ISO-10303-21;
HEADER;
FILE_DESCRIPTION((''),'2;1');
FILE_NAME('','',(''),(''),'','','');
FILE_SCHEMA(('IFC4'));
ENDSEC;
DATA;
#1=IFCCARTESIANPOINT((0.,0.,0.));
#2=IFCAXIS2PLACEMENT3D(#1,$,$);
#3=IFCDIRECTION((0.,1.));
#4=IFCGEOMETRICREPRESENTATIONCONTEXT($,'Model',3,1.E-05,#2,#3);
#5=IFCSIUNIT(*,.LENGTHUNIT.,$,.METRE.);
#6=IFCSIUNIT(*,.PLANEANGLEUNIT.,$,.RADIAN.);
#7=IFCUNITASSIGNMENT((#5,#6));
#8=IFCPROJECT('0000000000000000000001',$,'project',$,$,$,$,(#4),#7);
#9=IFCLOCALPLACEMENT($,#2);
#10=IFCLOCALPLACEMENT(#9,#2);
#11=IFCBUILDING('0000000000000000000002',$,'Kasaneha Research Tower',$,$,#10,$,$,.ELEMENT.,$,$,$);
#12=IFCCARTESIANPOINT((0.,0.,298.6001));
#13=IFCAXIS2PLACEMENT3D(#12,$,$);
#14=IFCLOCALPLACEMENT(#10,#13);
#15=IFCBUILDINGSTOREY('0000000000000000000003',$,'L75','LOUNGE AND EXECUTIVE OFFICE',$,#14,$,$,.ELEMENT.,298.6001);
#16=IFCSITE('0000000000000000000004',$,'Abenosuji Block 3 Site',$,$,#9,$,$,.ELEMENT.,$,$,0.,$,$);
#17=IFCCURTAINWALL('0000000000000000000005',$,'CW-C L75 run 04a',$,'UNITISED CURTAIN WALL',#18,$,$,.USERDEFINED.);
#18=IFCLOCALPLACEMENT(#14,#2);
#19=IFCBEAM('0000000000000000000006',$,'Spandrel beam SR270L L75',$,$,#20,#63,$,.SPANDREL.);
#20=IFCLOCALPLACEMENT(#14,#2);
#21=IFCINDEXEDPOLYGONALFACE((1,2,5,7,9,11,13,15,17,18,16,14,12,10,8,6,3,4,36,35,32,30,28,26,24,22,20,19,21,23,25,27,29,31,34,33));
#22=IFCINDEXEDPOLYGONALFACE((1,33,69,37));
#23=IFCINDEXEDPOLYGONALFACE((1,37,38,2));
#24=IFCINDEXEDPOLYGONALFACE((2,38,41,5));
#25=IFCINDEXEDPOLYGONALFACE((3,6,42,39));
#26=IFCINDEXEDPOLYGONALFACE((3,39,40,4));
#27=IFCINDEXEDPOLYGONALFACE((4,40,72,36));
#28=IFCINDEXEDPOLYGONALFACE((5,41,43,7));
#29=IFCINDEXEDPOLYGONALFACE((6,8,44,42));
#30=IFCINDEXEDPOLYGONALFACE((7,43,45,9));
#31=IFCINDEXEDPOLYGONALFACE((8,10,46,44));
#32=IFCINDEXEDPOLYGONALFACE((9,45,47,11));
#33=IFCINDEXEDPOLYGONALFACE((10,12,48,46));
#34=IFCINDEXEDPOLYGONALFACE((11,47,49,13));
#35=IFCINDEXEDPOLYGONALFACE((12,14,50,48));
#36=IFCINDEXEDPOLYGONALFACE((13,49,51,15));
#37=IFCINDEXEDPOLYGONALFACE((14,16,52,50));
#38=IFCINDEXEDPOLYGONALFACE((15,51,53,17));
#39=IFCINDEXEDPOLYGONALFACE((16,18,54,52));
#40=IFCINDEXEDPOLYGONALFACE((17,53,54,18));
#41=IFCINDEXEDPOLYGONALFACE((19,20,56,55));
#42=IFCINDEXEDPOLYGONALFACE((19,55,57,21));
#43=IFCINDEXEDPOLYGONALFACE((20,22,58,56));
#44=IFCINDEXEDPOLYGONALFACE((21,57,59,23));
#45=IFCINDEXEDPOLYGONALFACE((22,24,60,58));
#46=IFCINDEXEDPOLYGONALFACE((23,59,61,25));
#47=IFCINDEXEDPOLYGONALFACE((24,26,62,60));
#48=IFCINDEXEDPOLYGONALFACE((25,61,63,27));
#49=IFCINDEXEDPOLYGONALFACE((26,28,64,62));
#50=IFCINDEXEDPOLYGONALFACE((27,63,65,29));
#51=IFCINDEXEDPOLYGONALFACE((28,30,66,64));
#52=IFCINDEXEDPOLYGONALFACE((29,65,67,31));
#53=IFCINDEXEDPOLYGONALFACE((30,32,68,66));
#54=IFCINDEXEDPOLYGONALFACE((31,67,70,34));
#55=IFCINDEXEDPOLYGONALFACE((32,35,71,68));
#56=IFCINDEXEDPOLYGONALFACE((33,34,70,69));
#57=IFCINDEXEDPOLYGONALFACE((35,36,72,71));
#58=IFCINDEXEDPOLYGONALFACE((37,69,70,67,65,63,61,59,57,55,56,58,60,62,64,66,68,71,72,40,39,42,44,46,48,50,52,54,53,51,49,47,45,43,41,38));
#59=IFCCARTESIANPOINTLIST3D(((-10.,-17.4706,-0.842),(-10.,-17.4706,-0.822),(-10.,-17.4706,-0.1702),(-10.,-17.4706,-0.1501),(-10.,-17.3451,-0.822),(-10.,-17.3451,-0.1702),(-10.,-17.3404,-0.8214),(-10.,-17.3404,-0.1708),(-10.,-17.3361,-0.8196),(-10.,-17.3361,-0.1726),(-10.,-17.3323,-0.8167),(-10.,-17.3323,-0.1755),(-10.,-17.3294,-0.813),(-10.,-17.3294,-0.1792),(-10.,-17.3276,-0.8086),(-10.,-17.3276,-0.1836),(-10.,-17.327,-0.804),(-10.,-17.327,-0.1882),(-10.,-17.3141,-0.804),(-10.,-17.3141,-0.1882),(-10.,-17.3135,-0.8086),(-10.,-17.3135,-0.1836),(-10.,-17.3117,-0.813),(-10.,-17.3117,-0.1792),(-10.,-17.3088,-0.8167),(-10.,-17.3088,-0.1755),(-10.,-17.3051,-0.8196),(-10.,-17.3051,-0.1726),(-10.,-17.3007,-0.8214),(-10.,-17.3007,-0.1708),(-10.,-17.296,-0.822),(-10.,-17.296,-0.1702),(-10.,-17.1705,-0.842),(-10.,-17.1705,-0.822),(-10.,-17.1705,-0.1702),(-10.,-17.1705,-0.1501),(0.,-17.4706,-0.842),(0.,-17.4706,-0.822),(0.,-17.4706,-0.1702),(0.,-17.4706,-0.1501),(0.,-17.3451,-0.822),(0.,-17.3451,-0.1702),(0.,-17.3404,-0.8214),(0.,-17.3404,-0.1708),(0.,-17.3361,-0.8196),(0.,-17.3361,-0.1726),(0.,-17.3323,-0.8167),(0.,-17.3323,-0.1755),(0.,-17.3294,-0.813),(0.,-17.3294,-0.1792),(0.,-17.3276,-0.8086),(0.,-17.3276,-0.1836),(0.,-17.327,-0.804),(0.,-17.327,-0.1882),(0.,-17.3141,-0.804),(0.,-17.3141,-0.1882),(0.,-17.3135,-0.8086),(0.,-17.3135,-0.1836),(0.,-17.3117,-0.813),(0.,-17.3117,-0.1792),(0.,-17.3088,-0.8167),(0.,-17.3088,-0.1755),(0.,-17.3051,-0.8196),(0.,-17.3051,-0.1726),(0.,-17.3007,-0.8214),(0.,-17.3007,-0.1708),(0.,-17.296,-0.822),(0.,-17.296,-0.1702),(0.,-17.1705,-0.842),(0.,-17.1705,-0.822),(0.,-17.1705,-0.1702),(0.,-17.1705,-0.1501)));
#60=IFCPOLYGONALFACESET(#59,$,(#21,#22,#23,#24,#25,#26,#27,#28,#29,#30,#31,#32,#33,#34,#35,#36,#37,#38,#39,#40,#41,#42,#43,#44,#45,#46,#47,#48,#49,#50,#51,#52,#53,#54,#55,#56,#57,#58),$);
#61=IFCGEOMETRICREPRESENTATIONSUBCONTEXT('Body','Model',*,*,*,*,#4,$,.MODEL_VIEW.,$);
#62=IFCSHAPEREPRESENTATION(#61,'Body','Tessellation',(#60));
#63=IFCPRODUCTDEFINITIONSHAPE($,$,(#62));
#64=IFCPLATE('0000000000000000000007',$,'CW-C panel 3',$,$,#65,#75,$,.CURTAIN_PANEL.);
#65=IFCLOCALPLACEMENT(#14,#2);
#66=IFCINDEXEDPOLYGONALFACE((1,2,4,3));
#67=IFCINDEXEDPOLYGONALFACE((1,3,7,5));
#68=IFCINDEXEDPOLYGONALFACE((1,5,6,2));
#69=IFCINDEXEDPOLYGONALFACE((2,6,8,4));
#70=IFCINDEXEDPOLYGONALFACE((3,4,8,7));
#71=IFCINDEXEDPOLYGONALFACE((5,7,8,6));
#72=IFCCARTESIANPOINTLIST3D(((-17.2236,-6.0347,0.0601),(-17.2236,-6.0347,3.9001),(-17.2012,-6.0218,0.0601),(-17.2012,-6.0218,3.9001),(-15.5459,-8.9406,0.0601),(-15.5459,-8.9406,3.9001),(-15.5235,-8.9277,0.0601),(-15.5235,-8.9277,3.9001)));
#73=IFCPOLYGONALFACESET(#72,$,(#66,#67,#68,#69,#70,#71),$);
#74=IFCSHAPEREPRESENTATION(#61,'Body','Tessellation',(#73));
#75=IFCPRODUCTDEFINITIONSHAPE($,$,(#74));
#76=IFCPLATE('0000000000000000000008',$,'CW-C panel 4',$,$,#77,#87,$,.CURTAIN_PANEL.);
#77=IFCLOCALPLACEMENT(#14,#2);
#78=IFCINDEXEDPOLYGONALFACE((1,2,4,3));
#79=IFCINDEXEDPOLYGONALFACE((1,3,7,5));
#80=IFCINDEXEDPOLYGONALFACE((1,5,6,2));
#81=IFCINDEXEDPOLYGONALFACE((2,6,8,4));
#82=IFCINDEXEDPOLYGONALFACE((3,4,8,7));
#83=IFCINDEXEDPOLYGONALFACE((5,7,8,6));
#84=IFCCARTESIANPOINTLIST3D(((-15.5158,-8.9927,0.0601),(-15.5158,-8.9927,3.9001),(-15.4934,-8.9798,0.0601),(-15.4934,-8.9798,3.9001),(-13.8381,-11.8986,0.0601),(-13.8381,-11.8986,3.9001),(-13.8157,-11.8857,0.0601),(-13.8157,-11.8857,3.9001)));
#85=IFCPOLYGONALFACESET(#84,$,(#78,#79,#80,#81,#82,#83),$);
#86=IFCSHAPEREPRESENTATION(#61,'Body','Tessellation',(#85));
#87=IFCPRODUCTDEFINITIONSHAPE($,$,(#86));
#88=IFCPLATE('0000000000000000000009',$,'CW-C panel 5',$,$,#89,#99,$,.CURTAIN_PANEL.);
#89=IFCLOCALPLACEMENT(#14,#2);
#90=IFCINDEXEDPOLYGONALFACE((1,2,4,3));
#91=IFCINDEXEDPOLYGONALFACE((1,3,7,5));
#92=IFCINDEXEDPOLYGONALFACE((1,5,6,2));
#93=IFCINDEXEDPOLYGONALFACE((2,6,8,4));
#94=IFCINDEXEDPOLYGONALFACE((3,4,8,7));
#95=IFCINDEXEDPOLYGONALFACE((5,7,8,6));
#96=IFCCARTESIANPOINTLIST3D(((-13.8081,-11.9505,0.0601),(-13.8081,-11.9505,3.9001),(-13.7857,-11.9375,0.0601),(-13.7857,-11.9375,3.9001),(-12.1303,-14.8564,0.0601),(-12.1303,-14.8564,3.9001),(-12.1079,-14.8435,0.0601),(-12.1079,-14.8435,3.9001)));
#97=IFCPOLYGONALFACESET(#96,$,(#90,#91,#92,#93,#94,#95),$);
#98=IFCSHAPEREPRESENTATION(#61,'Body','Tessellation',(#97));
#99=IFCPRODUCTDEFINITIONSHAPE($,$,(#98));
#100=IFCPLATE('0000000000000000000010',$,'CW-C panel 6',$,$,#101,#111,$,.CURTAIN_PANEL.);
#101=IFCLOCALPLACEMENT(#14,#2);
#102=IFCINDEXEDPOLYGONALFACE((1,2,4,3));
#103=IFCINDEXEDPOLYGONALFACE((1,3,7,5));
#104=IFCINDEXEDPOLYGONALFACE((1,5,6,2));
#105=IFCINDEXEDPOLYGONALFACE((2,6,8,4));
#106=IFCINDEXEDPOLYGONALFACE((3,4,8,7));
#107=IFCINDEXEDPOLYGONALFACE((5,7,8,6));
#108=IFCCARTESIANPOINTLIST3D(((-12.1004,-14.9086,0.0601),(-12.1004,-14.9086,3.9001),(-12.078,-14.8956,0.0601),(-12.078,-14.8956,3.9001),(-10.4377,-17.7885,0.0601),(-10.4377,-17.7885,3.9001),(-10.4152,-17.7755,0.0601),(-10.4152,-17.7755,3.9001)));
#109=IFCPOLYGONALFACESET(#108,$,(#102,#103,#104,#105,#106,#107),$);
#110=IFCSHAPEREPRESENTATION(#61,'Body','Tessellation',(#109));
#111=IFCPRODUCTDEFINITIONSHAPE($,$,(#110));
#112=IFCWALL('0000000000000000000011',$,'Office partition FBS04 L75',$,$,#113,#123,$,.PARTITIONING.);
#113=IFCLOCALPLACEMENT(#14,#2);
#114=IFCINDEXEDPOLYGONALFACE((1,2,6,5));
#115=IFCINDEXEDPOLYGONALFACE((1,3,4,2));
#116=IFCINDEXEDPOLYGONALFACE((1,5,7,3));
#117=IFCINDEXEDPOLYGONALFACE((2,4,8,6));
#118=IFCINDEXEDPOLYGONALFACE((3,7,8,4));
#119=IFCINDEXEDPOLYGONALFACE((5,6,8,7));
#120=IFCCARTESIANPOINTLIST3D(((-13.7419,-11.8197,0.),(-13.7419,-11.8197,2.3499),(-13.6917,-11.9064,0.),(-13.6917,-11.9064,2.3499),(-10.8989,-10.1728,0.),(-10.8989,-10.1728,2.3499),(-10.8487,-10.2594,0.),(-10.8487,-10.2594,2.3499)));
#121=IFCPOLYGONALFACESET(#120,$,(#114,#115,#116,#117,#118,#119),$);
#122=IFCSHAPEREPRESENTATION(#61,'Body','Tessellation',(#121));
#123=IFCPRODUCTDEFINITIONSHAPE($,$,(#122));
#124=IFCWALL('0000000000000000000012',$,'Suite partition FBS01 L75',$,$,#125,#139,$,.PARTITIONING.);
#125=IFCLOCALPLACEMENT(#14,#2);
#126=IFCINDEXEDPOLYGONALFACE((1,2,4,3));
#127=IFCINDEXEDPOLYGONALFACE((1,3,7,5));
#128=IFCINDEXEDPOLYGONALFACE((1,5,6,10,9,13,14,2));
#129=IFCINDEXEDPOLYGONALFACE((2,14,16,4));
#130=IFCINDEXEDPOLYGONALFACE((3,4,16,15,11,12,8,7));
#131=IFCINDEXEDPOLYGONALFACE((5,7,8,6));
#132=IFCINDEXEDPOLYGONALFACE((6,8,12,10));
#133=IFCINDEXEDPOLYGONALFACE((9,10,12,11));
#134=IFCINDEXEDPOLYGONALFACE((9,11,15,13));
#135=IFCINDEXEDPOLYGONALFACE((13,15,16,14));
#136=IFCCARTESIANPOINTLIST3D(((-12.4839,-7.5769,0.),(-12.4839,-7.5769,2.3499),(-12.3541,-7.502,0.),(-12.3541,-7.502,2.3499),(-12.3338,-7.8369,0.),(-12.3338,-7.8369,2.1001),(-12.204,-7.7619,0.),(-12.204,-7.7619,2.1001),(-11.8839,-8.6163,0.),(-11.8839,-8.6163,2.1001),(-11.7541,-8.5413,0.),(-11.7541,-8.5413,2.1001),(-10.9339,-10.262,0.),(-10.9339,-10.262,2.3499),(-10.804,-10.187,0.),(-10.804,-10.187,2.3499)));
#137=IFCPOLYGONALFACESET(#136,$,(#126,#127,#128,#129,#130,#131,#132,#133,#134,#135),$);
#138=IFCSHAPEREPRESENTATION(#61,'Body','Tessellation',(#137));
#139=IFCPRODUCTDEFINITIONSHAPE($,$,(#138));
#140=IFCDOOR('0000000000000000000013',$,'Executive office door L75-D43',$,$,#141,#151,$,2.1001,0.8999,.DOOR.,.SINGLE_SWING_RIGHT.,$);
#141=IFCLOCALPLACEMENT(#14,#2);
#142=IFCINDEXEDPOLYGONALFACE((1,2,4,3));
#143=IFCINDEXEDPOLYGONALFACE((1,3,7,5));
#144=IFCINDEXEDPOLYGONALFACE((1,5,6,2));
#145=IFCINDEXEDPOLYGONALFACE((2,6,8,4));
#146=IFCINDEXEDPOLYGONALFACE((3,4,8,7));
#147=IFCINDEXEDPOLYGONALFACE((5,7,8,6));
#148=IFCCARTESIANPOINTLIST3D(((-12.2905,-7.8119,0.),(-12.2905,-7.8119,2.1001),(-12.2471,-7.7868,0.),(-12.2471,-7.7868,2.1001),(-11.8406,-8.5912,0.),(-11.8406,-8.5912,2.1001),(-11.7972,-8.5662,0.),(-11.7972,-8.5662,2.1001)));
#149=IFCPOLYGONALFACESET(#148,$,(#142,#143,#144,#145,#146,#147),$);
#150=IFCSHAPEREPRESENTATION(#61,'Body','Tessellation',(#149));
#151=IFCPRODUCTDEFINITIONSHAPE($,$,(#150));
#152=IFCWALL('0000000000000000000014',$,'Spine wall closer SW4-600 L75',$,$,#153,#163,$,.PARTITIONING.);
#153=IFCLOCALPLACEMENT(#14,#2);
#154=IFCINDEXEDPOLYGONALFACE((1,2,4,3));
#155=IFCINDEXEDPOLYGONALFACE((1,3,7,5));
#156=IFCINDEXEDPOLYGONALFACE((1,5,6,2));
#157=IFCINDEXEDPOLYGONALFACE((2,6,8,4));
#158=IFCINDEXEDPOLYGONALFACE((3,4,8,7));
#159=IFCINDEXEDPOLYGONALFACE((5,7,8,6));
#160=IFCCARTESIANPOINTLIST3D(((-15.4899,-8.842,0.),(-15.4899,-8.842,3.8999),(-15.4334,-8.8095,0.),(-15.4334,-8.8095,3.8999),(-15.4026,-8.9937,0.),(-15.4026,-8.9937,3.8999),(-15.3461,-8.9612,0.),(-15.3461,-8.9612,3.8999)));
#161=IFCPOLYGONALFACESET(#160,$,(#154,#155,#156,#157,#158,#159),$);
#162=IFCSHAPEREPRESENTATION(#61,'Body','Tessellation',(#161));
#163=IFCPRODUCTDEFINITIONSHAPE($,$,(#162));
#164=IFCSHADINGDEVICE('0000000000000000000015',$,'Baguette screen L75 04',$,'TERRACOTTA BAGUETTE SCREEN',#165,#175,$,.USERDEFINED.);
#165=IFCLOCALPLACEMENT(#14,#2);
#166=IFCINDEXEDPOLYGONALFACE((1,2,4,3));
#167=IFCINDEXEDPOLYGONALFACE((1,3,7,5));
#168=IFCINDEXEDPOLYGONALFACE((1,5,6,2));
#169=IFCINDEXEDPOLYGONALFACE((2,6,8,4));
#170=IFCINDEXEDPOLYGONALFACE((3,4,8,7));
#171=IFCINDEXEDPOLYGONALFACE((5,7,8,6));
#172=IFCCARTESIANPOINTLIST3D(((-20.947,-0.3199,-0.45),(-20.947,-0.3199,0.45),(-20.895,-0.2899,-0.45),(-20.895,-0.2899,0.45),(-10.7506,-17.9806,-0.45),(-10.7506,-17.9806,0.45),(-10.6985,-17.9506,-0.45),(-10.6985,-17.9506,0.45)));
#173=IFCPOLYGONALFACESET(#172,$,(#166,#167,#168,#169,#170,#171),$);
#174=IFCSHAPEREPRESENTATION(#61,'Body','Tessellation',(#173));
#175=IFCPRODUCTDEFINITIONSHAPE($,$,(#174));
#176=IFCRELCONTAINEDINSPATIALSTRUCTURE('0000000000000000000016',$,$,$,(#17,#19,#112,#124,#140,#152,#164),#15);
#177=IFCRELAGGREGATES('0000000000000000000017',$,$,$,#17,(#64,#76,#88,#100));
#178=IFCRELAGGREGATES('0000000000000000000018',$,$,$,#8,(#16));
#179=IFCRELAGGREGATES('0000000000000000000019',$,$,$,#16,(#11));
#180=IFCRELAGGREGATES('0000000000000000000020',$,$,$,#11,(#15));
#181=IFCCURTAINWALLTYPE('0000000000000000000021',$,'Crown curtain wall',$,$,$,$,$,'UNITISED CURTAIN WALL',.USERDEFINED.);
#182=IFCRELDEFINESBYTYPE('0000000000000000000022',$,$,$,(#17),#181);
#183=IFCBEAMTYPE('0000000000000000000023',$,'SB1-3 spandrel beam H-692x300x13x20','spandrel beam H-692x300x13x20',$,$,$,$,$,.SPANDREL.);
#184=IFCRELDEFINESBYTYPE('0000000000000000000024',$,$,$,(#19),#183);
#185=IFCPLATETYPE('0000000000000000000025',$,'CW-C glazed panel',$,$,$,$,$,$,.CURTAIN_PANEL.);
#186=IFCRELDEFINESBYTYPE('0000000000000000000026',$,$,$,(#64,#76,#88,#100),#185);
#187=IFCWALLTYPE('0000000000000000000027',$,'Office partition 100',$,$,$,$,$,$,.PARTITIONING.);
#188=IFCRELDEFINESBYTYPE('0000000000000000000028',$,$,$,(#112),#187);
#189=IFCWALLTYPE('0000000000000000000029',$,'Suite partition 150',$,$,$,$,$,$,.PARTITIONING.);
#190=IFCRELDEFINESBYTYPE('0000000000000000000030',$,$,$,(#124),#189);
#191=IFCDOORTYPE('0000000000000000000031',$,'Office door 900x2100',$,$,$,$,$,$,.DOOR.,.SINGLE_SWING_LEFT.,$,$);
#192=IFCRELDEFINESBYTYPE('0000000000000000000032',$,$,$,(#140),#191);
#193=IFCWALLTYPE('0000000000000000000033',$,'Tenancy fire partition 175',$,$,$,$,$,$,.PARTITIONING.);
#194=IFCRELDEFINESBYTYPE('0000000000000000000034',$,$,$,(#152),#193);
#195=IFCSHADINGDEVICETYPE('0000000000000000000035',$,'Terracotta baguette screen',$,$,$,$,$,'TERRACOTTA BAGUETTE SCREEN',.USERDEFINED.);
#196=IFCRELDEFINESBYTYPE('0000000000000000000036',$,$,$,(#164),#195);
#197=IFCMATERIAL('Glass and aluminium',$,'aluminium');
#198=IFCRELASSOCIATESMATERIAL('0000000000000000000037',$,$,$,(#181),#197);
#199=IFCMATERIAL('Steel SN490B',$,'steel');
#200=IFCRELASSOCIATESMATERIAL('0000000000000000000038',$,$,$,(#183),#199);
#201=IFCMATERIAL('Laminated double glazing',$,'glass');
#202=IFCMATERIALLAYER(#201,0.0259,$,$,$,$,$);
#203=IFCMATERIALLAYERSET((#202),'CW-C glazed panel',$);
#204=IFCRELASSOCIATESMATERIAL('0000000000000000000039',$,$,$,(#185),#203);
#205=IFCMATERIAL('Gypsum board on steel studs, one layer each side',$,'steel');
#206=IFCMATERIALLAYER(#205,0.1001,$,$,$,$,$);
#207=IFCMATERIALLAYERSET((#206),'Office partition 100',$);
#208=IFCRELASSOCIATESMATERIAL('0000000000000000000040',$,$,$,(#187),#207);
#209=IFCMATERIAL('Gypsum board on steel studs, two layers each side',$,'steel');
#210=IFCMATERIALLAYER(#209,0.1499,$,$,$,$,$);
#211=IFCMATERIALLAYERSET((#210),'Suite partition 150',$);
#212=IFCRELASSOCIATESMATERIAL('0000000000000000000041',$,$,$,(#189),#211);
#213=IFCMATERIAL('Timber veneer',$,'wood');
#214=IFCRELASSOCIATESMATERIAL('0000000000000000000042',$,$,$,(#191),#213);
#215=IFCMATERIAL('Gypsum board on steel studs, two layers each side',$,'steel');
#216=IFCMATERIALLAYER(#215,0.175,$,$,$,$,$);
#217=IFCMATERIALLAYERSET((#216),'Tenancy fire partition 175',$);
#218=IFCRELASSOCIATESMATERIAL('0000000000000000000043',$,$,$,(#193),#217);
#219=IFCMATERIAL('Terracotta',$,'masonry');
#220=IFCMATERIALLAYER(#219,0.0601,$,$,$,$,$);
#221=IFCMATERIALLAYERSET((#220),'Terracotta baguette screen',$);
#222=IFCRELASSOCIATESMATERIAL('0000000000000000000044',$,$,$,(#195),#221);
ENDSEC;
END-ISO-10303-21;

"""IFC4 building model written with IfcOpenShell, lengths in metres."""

from ifc_helpers import new_model, si_unit, direction, frame, frame_2d, origin, origin_2d, place, context, subcontext, project, spatial, rectangle, i_section, extrude, material, layer, layer_set, material_profile, profile_set, type_object, element, fill, aggregate, save


model = new_model("IFC4")

# Units and contexts
model_context = context("Model", 3, precision=1e-05, world=origin(), true_north=direction((0.0, 1.0)))
body_context = subcontext(model_context, "Body", "Model", "MODEL_VIEW")
ifc_project = project(units=[si_unit("LENGTHUNIT", "METRE"), si_unit("PLANEANGLEUNIT", "RADIAN")], contexts=[model_context])

# Site, building, storey
site_placement = place(None, origin())
site = spatial("IfcSite", under=ifc_project, at=site_placement, Name="Abenosuji Block 3 Site", CompositionType="ELEMENT", RefElevation=0.0)
building_placement = place(site_placement, origin())
building = spatial("IfcBuilding", under=site, at=building_placement, Name="Kasaneha Research Tower", CompositionType="ELEMENT")
storey_placement = place(building_placement, frame((0.0, 0.0, 298.6001)))
storey = spatial("IfcBuildingStorey", under=building, at=storey_placement, Name="L75", Description="LOUNGE AND EXECUTIVE OFFICE", CompositionType="ELEMENT", Elevation=298.6001)

# Curtain wall
ifc_material_1 = material(Name="Glass and aluminium", Category="aluminium")
curtain_wall_type = type_object("IfcCurtainWallType", Name="Crown curtain wall", ElementType="UNITISED CURTAIN WALL", PredefinedType="USERDEFINED", material=ifc_material_1)
curtain_wall_1_placement = place(storey_placement, origin())
curtain_wall_1 = element("IfcCurtainWall", 1, at=curtain_wall_1_placement, inside=storey, type_object=curtain_wall_type, Name="CW-C L75 run 04a", ObjectType="UNITISED CURTAIN WALL", PredefinedType="USERDEFINED")

# Beam
ifc_material_2 = material(Name="Steel SN490B", Category="steel")
ifc_material_profile_1 = material_profile(ifc_material_2, i_section(OverallWidth=0.3, OverallDepth=0.6919, WebThickness=0.0129, FlangeThickness=0.02, FilletRadius=0.0181, at=origin_2d()), Name="H-692x300x13x20")
ifc_profile_set_1 = profile_set([ifc_material_profile_1], Name="Steel SN490B")
beam_type_1 = type_object("IfcBeamType", Name="SB1-3 spandrel beam H-692x300x13x20", Description="spandrel beam H-692x300x13x20", PredefinedType="SPANDREL", material=ifc_profile_set_1)
beam_1_placement = place(storey_placement, frame((-10.0, -17.3206, -0.4961), z_axis=(1.0, 0.0, 0.0), x_axis=(0.0, 1.0, 0.0)))
element("IfcBeam", 2, at=beam_1_placement, inside=storey, type_object=beam_type_1, Name="Spandrel beam SR270L L75", PredefinedType="SPANDREL", context=body_context, shape_type="SweptSolid", body=[
    extrude(i_section(OverallWidth=0.3, OverallDepth=0.6919, WebThickness=0.0129, FlangeThickness=0.02, FilletRadius=0.0181, at=origin_2d()), origin(), (0.0, 0.0, 1.0), 10.0),
])

# Plates
ifc_material_3 = material(Name="Laminated double glazing", Category="glass")
ifc_layer_1 = layer(ifc_material_3, 0.0259)
ifc_layer_set_1 = layer_set([ifc_layer_1], Name="CW-C glazed panel")
plate_type = type_object("IfcPlateType", Name="CW-C glazed panel", PredefinedType="CURTAIN_PANEL", material=ifc_layer_set_1)
plate_1_placement = place(storey_placement, frame((-16.3735, -7.4812, 0.0601), z_axis=(0.0, 0.0, 1.0), x_axis=(0.5, -0.866025, 0.0)))
plate_1 = element("IfcPlate", 3, at=plate_1_placement, type_object=plate_type, Name="CW-C panel 3", PredefinedType="CURTAIN_PANEL", context=body_context, shape_type="SweptSolid", body=[
    extrude(rectangle(XDim=3.3555, YDim=0.0259, at=origin_2d()), origin(), (0.0, 0.0, 1.0), 3.8401),
])
plate_2_placement = place(storey_placement, frame((-14.6658, -10.4392, 0.0601), z_axis=(0.0, 0.0, 1.0), x_axis=(0.5, -0.866025, 0.0)))
plate_2 = element("IfcPlate", 4, at=plate_2_placement, type_object=plate_type, Name="CW-C panel 4", PredefinedType="CURTAIN_PANEL", context=body_context, shape_type="SweptSolid", body=[
    extrude(rectangle(XDim=3.3555, YDim=0.0259, at=origin_2d()), origin(), (0.0, 0.0, 1.0), 3.8401),
])
plate_3_placement = place(storey_placement, frame((-12.958, -13.397, 0.0601), z_axis=(0.0, 0.0, 1.0), x_axis=(0.5, -0.866025, 0.0)))
plate_3 = element("IfcPlate", 5, at=plate_3_placement, type_object=plate_type, Name="CW-C panel 5", PredefinedType="CURTAIN_PANEL", context=body_context, shape_type="SweptSolid", body=[
    extrude(rectangle(XDim=3.3555, YDim=0.0259, at=origin_2d()), origin(), (0.0, 0.0, 1.0), 3.8401),
])
plate_4_placement = place(storey_placement, frame((-11.2578, -16.342, 0.0601), z_axis=(0.0, 0.0, 1.0), x_axis=(0.5, -0.866025, 0.0)))
plate_4 = element("IfcPlate", 6, at=plate_4_placement, type_object=plate_type, Name="CW-C panel 6", PredefinedType="CURTAIN_PANEL", context=body_context, shape_type="SweptSolid", body=[
    extrude(rectangle(XDim=3.3254, YDim=0.0259, at=origin_2d()), origin(), (0.0, 0.0, 1.0), 3.8401),
])
aggregate(curtain_wall_1, [plate_1, plate_2, plate_3, plate_4])

# Wall
ifc_material_4 = material(Name="Gypsum board on steel studs, one layer each side", Category="steel")
ifc_layer_2 = layer(ifc_material_4, 0.1001)
ifc_layer_set_2 = layer_set([ifc_layer_2], Name="Office partition 100")
wall_type_1 = type_object("IfcWallType", Name="Office partition 100", PredefinedType="PARTITIONING", material=ifc_layer_set_2)
wall_1_placement = place(storey_placement, frame((-10.8738, -10.2161, 0.0), z_axis=(0.0, 0.0, 1.0), x_axis=(-0.865292, -0.501268, 0.0)))
element("IfcWall", 7, at=wall_1_placement, inside=storey, type_object=wall_type_1, Name="Office partition FBS04 L75", PredefinedType="PARTITIONING", context=body_context, shape_type="SweptSolid", body=[
    extrude(rectangle(XDim=3.2856, YDim=0.1001, at=frame_2d((1.6428, 0.0))), origin(), (0.0, 0.0, 1.0), 2.3499),
])

# Wall, opening, door
ifc_material_5 = material(Name="Gypsum board on steel studs, two layers each side", Category="steel")
ifc_layer_3 = layer(ifc_material_5, 0.1499)
ifc_layer_set_3 = layer_set([ifc_layer_3], Name="Suite partition 150")
wall_type_2 = type_object("IfcWallType", Name="Suite partition 150", PredefinedType="PARTITIONING", material=ifc_layer_set_3)
wall_2_placement = place(storey_placement, frame((-10.8689, -10.2246, 0.0), z_axis=(0.0, 0.0, 1.0), x_axis=(-0.499959, 0.866049, 0.0)))
wall_2 = element("IfcWall", 8, at=wall_2_placement, inside=storey, type_object=wall_type_2, Name="Suite partition FBS01 L75", PredefinedType="PARTITIONING", context=body_context, shape_type="SweptSolid", body=[
    extrude(rectangle(XDim=3.1003, YDim=0.1499, at=frame_2d((1.5503, 0.0))), origin(), (0.0, 0.0, 1.0), 2.3499),
])
opening_placement = place(wall_2_placement, frame((1.9004, 0.0, 0.0)))
opening = element("IfcOpeningElement", 9, at=opening_placement, cuts=wall_2, PredefinedType="OPENING", context=body_context, shape_type="SweptSolid", body=[
    extrude(rectangle(XDim=0.8999, YDim=2.1001, at=frame_2d((0.45, 1.05))), frame((0.0, 0.085, 0.0), z_axis=(0.0, -1.0, 0.0), x_axis=(1.0, 0.0, 0.0)), (0.0, 0.0, 1.0), 0.1699),
])
ifc_material_6 = material(Name="Timber veneer", Category="wood")
door_type = type_object("IfcDoorType", Name="Office door 900x2100", OperationType="SINGLE_SWING_LEFT", PredefinedType="DOOR", material=ifc_material_6)
door_placement = place(opening_placement, origin())
door = element("IfcDoor", 10, at=door_placement, inside=storey, type_object=door_type, Name="Executive office door L75-D43", OperationType="SINGLE_SWING_RIGHT", OverallHeight=2.1001, OverallWidth=0.8999, PredefinedType="DOOR", context=body_context, shape_type="SweptSolid", body=[
    extrude(rectangle(XDim=0.8999, YDim=2.1001, at=frame_2d((0.45, 1.05))), frame((0.0, 0.0249, 0.0), z_axis=(0.0, -1.0, 0.0), x_axis=(1.0, 0.0, 0.0)), (0.0, 0.0, 1.0), 0.05),
])
fill(opening, door)

# Wall
ifc_material_7 = material(Name="Gypsum board on steel studs, two layers each side", Category="steel")
ifc_layer_4 = layer(ifc_material_7, 0.175)
ifc_layer_set_4 = layer_set([ifc_layer_4], Name="Tenancy fire partition 175")
wall_type_3 = type_object("IfcWallType", Name="Tenancy fire partition 175", PredefinedType="PARTITIONING", material=ifc_layer_set_4)
wall_3_placement = place(storey_placement, frame((-15.3896, -8.8853, 0.0), z_axis=(0.0, 0.0, 1.0), x_axis=(-0.866622, -0.498964, 0.0)))
element("IfcWall", 11, at=wall_3_placement, inside=storey, type_object=wall_type_3, Name="Spine wall closer SW4-600 L75", PredefinedType="PARTITIONING", context=body_context, shape_type="SweptSolid", body=[
    extrude(rectangle(XDim=0.0652, YDim=0.175, at=frame_2d((0.0327, 0.0))), origin(), (0.0, 0.0, 1.0), 3.8999),
])

# Shading device
ifc_material_8 = material(Name="Terracotta", Category="masonry")
ifc_layer_5 = layer(ifc_material_8, 0.0601)
ifc_layer_set_5 = layer_set([ifc_layer_5], Name="Terracotta baguette screen")
shading_device_type = type_object("IfcShadingDeviceType", Name="Terracotta baguette screen", ElementType="TERRACOTTA BAGUETTE SCREEN", PredefinedType="USERDEFINED", material=ifc_layer_set_5)
shading_device_placement = place(storey_placement, frame((-15.8228, -9.1353, -0.45), z_axis=(0.0, 0.0, 1.0), x_axis=(0.5, -0.866025, 0.0)))
element("IfcShadingDevice", 12, at=shading_device_placement, inside=storey, type_object=shading_device_type, Name="Baguette screen L75 04", ObjectType="TERRACOTTA BAGUETTE SCREEN", PredefinedType="USERDEFINED", context=body_context, shape_type="SweptSolid", body=[
    extrude(rectangle(XDim=20.3928, YDim=0.0601, at=origin_2d()), origin(), (0.0, 0.0, 1.0), 0.8999),
])

save(model, "model.ifc")
